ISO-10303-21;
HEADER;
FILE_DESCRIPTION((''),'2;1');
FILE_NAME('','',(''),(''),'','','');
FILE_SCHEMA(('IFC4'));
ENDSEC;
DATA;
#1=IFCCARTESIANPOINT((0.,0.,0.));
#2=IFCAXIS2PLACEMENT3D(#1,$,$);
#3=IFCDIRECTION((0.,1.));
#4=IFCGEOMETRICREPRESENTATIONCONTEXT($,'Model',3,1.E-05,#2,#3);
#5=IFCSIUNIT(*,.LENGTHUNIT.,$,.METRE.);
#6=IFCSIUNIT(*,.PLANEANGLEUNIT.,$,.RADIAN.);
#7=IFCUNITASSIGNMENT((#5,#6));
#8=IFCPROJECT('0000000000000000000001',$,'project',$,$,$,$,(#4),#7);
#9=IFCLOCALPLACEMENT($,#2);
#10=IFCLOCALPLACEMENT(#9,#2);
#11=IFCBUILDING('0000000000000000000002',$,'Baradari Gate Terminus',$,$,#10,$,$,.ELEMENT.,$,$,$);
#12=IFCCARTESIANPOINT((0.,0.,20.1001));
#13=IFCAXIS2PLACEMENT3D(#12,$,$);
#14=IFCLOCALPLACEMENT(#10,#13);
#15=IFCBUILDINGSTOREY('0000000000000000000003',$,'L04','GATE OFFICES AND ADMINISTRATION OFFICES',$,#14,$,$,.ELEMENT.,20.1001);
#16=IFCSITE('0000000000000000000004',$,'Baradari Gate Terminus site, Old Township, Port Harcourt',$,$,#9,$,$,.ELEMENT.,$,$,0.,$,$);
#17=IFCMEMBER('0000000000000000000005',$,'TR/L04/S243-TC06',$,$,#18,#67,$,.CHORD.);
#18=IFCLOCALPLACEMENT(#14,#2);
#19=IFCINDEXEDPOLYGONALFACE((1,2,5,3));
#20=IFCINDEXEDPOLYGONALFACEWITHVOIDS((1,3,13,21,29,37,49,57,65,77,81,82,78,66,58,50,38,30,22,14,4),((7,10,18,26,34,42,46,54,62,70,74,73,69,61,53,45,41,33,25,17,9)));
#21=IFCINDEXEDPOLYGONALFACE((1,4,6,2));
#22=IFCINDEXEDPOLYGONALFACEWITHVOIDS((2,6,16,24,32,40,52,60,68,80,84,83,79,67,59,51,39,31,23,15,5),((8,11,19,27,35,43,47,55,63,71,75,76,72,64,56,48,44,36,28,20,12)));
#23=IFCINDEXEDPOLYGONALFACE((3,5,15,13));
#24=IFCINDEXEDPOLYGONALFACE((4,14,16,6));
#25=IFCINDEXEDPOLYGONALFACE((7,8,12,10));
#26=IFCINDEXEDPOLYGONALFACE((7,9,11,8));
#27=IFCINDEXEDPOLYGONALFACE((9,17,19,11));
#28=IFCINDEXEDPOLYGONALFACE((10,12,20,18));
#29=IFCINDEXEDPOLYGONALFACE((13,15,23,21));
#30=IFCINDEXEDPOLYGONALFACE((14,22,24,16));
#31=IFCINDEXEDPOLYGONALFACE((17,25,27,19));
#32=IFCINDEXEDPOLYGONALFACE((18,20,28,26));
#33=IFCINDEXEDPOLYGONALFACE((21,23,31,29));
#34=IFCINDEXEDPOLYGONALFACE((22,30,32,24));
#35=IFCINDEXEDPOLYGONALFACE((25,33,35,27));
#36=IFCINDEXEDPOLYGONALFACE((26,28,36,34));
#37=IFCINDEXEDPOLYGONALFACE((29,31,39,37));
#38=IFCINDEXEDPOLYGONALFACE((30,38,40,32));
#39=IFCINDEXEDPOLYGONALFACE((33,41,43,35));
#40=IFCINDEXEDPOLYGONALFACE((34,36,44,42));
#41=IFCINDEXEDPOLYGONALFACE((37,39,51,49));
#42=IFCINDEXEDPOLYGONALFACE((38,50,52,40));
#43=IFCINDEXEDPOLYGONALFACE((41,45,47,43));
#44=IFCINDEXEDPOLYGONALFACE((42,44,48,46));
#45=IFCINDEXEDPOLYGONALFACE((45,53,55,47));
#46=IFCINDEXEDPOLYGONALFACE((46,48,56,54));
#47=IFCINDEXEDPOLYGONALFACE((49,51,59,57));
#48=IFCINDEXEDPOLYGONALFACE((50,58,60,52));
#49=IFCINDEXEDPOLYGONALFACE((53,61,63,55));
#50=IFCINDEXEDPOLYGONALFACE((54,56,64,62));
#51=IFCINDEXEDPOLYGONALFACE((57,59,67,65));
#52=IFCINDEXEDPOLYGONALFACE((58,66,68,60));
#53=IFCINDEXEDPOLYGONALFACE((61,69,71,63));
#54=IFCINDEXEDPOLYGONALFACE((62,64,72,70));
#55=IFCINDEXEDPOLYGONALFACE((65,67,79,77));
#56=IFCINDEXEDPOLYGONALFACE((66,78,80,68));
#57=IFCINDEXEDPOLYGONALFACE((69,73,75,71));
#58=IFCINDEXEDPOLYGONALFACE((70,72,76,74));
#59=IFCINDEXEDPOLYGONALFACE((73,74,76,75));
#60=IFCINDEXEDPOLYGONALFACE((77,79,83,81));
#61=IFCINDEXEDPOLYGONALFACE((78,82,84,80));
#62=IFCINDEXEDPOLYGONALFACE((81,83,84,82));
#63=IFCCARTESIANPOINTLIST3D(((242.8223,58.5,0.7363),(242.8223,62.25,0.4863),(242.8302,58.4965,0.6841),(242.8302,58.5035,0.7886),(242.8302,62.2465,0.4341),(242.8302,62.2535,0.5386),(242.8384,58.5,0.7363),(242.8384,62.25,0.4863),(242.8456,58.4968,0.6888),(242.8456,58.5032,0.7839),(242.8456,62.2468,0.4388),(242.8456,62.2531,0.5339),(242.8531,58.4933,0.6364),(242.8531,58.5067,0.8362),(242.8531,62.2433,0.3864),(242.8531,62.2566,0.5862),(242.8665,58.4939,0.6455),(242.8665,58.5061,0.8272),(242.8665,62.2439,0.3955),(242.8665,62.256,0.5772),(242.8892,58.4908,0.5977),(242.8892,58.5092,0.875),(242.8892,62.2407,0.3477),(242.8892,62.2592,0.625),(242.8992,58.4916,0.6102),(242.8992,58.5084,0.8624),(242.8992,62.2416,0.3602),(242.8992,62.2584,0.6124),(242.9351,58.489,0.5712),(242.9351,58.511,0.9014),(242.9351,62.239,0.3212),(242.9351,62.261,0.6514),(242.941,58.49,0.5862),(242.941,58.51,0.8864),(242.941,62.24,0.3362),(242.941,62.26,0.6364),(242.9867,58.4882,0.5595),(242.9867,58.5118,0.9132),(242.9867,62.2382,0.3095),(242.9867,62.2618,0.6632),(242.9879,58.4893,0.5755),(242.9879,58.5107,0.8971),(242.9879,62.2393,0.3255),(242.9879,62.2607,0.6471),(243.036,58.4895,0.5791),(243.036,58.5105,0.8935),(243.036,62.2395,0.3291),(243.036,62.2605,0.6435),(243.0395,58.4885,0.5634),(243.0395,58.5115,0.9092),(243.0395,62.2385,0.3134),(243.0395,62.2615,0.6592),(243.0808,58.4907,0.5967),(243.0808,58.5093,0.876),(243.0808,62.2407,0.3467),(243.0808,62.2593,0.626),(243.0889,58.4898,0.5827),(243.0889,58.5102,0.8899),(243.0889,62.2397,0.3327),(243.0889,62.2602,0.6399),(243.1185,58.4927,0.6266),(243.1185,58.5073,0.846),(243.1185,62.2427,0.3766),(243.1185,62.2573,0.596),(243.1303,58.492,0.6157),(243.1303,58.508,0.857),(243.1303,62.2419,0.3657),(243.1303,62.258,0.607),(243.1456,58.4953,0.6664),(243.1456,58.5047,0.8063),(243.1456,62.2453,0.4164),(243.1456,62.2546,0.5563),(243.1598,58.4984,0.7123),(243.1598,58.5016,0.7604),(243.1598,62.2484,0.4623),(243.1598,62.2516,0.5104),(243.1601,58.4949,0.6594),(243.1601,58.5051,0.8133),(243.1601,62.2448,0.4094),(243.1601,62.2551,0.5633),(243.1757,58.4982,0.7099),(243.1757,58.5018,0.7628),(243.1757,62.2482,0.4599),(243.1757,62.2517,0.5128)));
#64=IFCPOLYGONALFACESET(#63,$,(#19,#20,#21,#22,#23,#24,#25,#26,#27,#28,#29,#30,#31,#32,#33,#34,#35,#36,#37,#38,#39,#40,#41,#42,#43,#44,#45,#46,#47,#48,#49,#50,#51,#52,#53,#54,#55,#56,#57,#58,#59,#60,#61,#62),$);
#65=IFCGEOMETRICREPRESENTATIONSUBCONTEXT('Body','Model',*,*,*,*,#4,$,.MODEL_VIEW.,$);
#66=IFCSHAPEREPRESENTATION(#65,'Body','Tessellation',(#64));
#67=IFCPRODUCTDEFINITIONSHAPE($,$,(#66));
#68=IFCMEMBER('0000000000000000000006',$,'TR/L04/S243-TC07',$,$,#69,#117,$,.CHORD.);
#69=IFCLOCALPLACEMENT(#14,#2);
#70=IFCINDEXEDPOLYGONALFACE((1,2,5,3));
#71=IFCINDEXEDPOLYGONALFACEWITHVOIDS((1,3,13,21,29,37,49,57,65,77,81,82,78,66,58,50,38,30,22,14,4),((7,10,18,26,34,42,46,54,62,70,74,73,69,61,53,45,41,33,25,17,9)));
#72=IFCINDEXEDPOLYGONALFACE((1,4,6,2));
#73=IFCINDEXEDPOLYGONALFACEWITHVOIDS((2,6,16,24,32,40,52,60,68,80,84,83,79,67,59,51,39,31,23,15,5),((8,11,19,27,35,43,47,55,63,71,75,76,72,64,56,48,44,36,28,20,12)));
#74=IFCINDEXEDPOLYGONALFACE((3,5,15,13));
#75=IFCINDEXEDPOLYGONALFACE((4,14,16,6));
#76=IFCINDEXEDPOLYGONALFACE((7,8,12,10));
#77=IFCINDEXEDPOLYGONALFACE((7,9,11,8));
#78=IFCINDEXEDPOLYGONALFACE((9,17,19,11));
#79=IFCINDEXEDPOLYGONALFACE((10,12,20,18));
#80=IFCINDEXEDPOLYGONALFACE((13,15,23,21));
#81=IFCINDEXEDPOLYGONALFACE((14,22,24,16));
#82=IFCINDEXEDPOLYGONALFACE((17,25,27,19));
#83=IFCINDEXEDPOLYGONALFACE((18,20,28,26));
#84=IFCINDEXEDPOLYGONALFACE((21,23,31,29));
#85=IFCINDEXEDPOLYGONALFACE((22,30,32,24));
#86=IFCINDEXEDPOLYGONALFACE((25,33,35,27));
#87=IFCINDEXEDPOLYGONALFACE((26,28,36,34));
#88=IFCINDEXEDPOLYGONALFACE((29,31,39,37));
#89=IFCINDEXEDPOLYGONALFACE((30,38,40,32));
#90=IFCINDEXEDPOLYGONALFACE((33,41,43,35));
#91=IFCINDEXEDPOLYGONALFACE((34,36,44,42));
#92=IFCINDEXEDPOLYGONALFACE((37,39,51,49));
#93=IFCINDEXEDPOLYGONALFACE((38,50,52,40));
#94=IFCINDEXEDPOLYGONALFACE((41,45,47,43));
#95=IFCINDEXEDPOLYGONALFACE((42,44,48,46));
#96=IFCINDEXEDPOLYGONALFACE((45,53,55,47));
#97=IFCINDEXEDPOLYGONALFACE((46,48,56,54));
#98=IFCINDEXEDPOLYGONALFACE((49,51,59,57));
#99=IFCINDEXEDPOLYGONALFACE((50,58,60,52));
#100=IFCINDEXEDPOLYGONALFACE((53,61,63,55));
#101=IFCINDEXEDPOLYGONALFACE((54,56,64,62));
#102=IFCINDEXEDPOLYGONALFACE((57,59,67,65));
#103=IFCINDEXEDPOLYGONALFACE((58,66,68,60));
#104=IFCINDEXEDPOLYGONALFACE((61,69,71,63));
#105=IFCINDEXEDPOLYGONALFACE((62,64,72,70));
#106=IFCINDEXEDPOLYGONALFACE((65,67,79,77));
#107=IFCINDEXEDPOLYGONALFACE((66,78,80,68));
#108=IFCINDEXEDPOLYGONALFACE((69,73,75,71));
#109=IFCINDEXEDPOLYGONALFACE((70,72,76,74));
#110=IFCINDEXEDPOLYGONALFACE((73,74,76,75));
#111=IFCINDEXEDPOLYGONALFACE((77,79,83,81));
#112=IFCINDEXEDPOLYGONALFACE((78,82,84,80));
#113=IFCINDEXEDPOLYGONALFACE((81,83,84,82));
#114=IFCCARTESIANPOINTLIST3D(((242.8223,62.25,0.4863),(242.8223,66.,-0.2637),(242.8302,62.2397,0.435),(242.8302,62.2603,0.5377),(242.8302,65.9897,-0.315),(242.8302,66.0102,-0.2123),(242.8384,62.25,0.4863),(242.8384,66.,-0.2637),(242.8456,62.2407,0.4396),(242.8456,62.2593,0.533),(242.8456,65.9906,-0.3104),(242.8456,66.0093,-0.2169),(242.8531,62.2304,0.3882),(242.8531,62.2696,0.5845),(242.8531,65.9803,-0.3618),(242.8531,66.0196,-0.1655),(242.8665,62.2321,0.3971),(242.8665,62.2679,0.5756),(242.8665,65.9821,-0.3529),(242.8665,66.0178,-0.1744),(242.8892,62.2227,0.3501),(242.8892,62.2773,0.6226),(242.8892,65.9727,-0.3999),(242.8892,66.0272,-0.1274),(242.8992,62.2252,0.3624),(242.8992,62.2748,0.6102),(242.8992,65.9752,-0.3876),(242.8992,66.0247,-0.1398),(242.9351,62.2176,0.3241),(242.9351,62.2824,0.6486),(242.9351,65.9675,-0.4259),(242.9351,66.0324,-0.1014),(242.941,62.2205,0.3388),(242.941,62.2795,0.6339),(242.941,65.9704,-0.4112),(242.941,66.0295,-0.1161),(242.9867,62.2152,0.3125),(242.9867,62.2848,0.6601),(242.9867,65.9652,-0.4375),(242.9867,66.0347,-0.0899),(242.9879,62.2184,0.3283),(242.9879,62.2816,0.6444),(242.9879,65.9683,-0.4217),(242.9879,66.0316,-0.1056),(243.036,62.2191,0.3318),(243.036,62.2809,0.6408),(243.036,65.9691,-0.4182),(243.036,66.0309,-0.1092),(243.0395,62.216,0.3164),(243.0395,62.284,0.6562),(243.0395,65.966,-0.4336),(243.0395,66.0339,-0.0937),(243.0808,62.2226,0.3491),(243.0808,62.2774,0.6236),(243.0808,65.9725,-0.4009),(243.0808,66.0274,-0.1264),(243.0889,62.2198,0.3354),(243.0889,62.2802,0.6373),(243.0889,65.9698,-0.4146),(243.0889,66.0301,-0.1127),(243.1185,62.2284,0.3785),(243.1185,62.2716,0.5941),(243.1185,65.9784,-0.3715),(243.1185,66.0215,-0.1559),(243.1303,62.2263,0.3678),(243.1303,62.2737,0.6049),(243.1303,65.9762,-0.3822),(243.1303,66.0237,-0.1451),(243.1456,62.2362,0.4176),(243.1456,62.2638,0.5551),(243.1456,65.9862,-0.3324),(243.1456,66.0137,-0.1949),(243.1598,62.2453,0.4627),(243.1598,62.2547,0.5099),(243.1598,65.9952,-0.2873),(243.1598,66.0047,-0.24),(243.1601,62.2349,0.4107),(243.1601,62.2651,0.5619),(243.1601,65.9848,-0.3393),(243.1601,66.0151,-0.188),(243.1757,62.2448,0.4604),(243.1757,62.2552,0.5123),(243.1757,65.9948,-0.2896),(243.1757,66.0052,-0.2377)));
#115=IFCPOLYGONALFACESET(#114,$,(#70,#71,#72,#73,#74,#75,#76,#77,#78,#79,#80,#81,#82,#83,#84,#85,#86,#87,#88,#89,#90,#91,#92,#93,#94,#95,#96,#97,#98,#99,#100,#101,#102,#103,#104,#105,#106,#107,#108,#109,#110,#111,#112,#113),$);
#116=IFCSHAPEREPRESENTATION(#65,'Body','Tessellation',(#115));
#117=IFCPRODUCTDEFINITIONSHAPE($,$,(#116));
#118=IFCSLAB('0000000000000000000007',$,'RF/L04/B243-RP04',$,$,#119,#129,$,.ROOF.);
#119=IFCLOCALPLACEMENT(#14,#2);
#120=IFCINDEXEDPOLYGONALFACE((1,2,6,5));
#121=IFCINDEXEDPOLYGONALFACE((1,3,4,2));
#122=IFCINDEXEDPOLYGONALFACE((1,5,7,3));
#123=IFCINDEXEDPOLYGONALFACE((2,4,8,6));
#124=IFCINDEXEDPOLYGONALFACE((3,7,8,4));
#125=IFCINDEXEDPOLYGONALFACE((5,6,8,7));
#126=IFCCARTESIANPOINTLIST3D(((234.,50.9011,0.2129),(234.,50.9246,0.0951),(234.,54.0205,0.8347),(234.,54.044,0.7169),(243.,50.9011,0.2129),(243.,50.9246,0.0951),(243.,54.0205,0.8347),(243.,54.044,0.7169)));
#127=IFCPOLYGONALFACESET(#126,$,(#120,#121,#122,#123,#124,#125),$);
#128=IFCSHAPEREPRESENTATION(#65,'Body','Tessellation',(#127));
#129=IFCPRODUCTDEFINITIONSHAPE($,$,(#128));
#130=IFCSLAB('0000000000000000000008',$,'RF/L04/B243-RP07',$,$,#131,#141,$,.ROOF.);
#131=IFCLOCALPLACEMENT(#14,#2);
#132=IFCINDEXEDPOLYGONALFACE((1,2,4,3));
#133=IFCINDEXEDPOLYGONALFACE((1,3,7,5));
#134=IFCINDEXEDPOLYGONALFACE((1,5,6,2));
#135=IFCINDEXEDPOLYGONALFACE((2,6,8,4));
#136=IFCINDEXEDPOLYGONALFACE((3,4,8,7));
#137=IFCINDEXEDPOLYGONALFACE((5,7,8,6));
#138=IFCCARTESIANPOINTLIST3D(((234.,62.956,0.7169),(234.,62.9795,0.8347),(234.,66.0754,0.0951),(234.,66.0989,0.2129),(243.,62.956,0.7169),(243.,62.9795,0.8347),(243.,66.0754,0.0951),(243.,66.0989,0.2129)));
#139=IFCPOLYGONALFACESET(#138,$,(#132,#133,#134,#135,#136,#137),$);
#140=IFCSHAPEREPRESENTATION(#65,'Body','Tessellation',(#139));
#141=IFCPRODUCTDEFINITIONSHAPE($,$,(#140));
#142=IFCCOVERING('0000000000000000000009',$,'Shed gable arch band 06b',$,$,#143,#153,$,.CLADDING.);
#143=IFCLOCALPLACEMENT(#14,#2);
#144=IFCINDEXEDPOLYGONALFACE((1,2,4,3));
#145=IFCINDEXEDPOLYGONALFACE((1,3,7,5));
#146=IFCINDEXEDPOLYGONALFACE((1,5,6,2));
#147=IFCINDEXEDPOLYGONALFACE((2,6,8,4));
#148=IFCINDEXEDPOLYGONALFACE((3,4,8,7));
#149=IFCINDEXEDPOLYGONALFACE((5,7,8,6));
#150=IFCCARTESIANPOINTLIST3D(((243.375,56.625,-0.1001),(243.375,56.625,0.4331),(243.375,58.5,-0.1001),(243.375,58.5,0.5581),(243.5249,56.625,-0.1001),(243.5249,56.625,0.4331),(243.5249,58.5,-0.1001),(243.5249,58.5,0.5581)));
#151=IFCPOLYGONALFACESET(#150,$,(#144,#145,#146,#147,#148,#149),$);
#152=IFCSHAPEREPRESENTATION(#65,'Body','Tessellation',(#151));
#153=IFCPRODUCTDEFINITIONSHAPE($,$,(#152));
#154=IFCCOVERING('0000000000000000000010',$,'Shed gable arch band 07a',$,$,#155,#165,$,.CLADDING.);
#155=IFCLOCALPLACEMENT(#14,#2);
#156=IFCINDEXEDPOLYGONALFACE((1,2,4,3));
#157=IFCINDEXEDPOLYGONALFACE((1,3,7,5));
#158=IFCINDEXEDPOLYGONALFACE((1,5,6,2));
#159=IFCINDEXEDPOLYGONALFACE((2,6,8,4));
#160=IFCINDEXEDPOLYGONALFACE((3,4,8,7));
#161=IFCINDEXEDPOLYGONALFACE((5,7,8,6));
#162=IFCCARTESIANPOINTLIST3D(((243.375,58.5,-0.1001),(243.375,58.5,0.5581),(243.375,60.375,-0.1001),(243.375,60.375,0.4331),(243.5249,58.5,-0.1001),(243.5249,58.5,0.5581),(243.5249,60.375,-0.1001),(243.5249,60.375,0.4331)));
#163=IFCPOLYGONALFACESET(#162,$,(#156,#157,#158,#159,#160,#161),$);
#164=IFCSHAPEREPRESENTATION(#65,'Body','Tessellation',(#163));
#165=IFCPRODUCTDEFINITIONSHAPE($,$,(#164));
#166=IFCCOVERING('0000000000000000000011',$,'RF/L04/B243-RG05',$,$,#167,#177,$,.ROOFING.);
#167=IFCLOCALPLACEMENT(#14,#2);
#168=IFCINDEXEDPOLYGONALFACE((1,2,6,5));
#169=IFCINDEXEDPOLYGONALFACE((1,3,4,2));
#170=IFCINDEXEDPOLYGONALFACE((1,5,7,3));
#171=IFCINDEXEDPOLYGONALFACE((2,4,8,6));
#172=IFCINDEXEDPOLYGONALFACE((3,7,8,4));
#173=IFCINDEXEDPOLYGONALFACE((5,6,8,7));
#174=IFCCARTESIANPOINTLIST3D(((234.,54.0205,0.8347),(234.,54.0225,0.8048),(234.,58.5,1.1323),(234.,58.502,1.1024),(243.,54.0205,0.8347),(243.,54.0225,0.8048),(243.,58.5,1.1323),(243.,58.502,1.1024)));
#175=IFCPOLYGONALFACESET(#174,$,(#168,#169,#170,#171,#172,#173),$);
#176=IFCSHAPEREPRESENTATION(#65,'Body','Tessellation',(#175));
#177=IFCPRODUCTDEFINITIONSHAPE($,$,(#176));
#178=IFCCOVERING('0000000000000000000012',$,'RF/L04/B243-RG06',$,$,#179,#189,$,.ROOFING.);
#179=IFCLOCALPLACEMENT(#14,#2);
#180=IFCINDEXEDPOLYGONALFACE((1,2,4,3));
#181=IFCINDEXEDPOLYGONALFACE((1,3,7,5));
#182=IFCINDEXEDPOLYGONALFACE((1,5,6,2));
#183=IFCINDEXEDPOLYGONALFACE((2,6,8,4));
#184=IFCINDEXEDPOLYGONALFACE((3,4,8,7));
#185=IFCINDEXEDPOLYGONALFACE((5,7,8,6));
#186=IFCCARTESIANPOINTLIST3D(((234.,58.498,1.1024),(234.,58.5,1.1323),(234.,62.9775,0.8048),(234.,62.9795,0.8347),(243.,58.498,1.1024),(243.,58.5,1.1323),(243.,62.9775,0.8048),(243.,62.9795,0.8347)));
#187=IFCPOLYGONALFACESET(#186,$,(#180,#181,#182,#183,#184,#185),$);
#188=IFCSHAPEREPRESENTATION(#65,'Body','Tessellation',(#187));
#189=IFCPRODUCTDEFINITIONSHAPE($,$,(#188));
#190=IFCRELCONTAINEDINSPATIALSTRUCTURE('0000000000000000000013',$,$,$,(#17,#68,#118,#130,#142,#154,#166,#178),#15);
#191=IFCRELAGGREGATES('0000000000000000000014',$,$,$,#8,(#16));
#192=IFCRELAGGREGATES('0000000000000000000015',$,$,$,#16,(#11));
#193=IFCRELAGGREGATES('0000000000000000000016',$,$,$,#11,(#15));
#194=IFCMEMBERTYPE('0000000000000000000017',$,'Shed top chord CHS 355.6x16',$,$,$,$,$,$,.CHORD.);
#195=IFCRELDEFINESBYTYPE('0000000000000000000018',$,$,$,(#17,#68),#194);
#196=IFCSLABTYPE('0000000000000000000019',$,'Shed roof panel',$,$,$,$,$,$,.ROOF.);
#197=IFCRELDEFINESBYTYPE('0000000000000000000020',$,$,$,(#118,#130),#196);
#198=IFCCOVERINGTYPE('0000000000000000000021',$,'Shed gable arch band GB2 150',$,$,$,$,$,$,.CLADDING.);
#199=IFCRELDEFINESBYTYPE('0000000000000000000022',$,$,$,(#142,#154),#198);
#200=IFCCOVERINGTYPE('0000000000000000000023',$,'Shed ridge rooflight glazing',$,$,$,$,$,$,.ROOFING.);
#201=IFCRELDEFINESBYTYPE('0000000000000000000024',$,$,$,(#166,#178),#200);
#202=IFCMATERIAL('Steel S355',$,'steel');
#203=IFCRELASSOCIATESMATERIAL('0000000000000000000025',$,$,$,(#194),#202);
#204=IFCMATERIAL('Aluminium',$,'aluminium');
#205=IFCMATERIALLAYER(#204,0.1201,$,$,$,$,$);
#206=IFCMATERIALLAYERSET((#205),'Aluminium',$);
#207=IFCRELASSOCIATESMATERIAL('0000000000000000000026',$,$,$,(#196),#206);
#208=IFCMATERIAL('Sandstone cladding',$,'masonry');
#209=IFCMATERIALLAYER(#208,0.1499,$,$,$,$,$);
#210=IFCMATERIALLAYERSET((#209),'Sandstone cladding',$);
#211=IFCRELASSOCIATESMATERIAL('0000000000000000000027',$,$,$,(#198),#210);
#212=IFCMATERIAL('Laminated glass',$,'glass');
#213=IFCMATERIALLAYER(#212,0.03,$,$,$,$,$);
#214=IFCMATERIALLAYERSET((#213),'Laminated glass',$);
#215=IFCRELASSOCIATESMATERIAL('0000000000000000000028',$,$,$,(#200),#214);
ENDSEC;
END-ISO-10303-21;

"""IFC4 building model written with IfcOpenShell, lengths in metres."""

from ifc_helpers import new_model, si_unit, direction, frame, origin, origin_2d, place, context, subcontext, project, spatial, polyline, hollow_circle, outline, extrude, material, layer, layer_set, material_profile, profile_set, type_object, element, save


model = new_model("IFC4")

# Units and contexts
model_context = context("Model", 3, precision=1e-05, world=origin(), true_north=direction((0.0, 1.0)))
body_context = subcontext(model_context, "Body", "Model", "MODEL_VIEW")
ifc_project = project(units=[si_unit("LENGTHUNIT", "METRE"), si_unit("PLANEANGLEUNIT", "RADIAN")], contexts=[model_context])

# Site, building, storey
site_placement = place(None, origin())
site = spatial("IfcSite", under=ifc_project, at=site_placement, Name="Baradari Gate Terminus site, Old Township, Port Harcourt", CompositionType="ELEMENT", RefElevation=0.0)
building_placement = place(site_placement, origin())
building = spatial("IfcBuilding", under=site, at=building_placement, Name="Baradari Gate Terminus", CompositionType="ELEMENT")
storey_placement = place(building_placement, frame((0.0, 0.0, 20.1001)))
storey = spatial("IfcBuildingStorey", under=building, at=storey_placement, Name="L04", Description="GATE OFFICES AND ADMINISTRATION OFFICES", CompositionType="ELEMENT", Elevation=20.1001)

# Members
ifc_material_1 = material(Name="Steel S355", Category="steel")
ifc_material_profile_1 = material_profile(ifc_material_1, hollow_circle(Radius=0.1777, WallThickness=0.0161, at=origin_2d()), Name="CHS 355.6x16")
ifc_profile_set_1 = profile_set([ifc_material_profile_1], Name="Steel S355")
member_type_1 = type_object("IfcMemberType", Name="Shed top chord CHS 355.6x16", PredefinedType="CHORD", material=ifc_profile_set_1)
for number, where, z_axis, x_axis, name in (
    (1, (243.0, 58.5, 0.7363), (0.0, 0.997785, -0.066519), (-1.0, 0.0, 0.0), "TR/L04/S243-TC06"),
):
    element("IfcMember", number, at=place(storey_placement, frame(where, z_axis=z_axis, x_axis=x_axis)), inside=storey, type_object=member_type_1, Name=name, PredefinedType="CHORD", context=body_context, shape_type="SweptSolid", body=[
        extrude(hollow_circle(Radius=0.1777, WallThickness=0.0161, at=origin_2d()), origin(), (0.0, 0.0, 1.0), 3.7583),
    ])
member_1_placement = place(storey_placement, frame((243.0, 62.25, 0.4863), z_axis=(0.0, 0.980581, -0.196116), x_axis=(-1.0, 0.0, 0.0)))
element("IfcMember", 2, at=member_1_placement, inside=storey, type_object=member_type_1, Name="TR/L04/S243-TC07", PredefinedType="CHORD", context=body_context, shape_type="SweptSolid", body=[
    extrude(hollow_circle(Radius=0.1777, WallThickness=0.0161, at=origin_2d()), origin(), (0.0, 0.0, 1.0), 3.8242),
])

# Slabs
ifc_material_2 = material(Name="Aluminium", Category="aluminium")
ifc_layer_1 = layer(ifc_material_2, 0.1201)
ifc_layer_set_1 = layer_set([ifc_layer_1], Name="Aluminium")
slab_type = type_object("IfcSlabType", Name="Shed roof panel", PredefinedType="ROOF", material=ifc_layer_set_1)
for number, where, z_axis, x_axis, name in (
    (3, (234.0, 50.9011, 0.2129), (0.0, -0.195496, 0.980704), (1.0, 0.0, 0.0), "RF/L04/B243-RP04"),
    (4, (234.0, 62.9795, 0.8347), (0.0, 0.195496, 0.980704), (1.0, 0.0, 0.0), "RF/L04/B243-RP07"),
):
    element("IfcSlab", number, at=place(storey_placement, frame(where, z_axis=z_axis, x_axis=x_axis)), inside=storey, type_object=slab_type, Name=name, PredefinedType="ROOF", context=body_context, shape_type="SweptSolid", body=[
        extrude(outline(polyline([(0.0, 0.0), (9.0, 0.0), (9.0, 3.1808), (0.0, 3.1808), (0.0, 0.0)])), origin(), (0.0, 0.0, -1.0), 0.1201),
    ])

# Coverings
ifc_material_3 = material(Name="Sandstone cladding", Category="masonry")
ifc_layer_2 = layer(ifc_material_3, 0.1499)
ifc_layer_set_2 = layer_set([ifc_layer_2], Name="Sandstone cladding")
covering_type_1 = type_object("IfcCoveringType", Name="Shed gable arch band GB2 150", PredefinedType="CLADDING", material=ifc_layer_set_2)
covering_1_placement = place(storey_placement, frame((243.45, 56.625, -0.1001), z_axis=(0.0, 0.0, 1.0), x_axis=(0.0, 1.0, 0.0)))
element("IfcCovering", 5, at=covering_1_placement, inside=storey, type_object=covering_type_1, Name="Shed gable arch band 06b", PredefinedType="CLADDING", context=body_context, shape_type="SweptSolid", body=[
    extrude(outline(polyline([(1.875, 0.0), (1.875, 0.6582), (0.0, 0.5332), (0.0, 0.0), (1.875, 0.0)])), frame((0.0, 0.075, 0.0), z_axis=(0.0, -1.0, 0.0), x_axis=(1.0, 0.0, 0.0)), (0.0, 0.0, 1.0), 0.1499),
])
covering_2_placement = place(storey_placement, frame((243.45, 58.5, -0.1001), z_axis=(0.0, 0.0, 1.0), x_axis=(0.0, 1.0, 0.0)))
element("IfcCovering", 6, at=covering_2_placement, inside=storey, type_object=covering_type_1, Name="Shed gable arch band 07a", PredefinedType="CLADDING", context=body_context, shape_type="SweptSolid", body=[
    extrude(outline(polyline([(1.875, 0.0), (1.875, 0.5332), (0.0, 0.6582), (0.0, 0.0), (1.875, 0.0)])), frame((0.0, 0.075, 0.0), z_axis=(0.0, -1.0, 0.0), x_axis=(1.0, 0.0, 0.0)), (0.0, 0.0, 1.0), 0.1499),
])
ifc_material_4 = material(Name="Laminated glass", Category="glass")
ifc_layer_3 = layer(ifc_material_4, 0.03)
ifc_layer_set_3 = layer_set([ifc_layer_3], Name="Laminated glass")
covering_type_2 = type_object("IfcCoveringType", Name="Shed ridge rooflight glazing", PredefinedType="ROOFING", material=ifc_layer_set_3)
for number, where, z_axis, x_axis, name in (
    (7, (234.0, 54.0205, 0.8347), (0.0, -0.066292, 0.9978), (1.0, 0.0, 0.0), "RF/L04/B243-RG05"),
    (8, (234.0, 58.5, 1.1323), (0.0, 0.066292, 0.9978), (1.0, 0.0, 0.0), "RF/L04/B243-RG06"),
):
    element("IfcCovering", number, at=place(storey_placement, frame(where, z_axis=z_axis, x_axis=x_axis)), inside=storey, type_object=covering_type_2, Name=name, PredefinedType="ROOFING", context=body_context, shape_type="SweptSolid", body=[
        extrude(outline(polyline([(0.0, 0.0), (9.0, 0.0), (9.0, 4.4894), (0.0, 4.4894), (0.0, 0.0)])), origin(), (0.0, 0.0, -1.0), 0.03),
    ])

save(model, "model.ifc")
